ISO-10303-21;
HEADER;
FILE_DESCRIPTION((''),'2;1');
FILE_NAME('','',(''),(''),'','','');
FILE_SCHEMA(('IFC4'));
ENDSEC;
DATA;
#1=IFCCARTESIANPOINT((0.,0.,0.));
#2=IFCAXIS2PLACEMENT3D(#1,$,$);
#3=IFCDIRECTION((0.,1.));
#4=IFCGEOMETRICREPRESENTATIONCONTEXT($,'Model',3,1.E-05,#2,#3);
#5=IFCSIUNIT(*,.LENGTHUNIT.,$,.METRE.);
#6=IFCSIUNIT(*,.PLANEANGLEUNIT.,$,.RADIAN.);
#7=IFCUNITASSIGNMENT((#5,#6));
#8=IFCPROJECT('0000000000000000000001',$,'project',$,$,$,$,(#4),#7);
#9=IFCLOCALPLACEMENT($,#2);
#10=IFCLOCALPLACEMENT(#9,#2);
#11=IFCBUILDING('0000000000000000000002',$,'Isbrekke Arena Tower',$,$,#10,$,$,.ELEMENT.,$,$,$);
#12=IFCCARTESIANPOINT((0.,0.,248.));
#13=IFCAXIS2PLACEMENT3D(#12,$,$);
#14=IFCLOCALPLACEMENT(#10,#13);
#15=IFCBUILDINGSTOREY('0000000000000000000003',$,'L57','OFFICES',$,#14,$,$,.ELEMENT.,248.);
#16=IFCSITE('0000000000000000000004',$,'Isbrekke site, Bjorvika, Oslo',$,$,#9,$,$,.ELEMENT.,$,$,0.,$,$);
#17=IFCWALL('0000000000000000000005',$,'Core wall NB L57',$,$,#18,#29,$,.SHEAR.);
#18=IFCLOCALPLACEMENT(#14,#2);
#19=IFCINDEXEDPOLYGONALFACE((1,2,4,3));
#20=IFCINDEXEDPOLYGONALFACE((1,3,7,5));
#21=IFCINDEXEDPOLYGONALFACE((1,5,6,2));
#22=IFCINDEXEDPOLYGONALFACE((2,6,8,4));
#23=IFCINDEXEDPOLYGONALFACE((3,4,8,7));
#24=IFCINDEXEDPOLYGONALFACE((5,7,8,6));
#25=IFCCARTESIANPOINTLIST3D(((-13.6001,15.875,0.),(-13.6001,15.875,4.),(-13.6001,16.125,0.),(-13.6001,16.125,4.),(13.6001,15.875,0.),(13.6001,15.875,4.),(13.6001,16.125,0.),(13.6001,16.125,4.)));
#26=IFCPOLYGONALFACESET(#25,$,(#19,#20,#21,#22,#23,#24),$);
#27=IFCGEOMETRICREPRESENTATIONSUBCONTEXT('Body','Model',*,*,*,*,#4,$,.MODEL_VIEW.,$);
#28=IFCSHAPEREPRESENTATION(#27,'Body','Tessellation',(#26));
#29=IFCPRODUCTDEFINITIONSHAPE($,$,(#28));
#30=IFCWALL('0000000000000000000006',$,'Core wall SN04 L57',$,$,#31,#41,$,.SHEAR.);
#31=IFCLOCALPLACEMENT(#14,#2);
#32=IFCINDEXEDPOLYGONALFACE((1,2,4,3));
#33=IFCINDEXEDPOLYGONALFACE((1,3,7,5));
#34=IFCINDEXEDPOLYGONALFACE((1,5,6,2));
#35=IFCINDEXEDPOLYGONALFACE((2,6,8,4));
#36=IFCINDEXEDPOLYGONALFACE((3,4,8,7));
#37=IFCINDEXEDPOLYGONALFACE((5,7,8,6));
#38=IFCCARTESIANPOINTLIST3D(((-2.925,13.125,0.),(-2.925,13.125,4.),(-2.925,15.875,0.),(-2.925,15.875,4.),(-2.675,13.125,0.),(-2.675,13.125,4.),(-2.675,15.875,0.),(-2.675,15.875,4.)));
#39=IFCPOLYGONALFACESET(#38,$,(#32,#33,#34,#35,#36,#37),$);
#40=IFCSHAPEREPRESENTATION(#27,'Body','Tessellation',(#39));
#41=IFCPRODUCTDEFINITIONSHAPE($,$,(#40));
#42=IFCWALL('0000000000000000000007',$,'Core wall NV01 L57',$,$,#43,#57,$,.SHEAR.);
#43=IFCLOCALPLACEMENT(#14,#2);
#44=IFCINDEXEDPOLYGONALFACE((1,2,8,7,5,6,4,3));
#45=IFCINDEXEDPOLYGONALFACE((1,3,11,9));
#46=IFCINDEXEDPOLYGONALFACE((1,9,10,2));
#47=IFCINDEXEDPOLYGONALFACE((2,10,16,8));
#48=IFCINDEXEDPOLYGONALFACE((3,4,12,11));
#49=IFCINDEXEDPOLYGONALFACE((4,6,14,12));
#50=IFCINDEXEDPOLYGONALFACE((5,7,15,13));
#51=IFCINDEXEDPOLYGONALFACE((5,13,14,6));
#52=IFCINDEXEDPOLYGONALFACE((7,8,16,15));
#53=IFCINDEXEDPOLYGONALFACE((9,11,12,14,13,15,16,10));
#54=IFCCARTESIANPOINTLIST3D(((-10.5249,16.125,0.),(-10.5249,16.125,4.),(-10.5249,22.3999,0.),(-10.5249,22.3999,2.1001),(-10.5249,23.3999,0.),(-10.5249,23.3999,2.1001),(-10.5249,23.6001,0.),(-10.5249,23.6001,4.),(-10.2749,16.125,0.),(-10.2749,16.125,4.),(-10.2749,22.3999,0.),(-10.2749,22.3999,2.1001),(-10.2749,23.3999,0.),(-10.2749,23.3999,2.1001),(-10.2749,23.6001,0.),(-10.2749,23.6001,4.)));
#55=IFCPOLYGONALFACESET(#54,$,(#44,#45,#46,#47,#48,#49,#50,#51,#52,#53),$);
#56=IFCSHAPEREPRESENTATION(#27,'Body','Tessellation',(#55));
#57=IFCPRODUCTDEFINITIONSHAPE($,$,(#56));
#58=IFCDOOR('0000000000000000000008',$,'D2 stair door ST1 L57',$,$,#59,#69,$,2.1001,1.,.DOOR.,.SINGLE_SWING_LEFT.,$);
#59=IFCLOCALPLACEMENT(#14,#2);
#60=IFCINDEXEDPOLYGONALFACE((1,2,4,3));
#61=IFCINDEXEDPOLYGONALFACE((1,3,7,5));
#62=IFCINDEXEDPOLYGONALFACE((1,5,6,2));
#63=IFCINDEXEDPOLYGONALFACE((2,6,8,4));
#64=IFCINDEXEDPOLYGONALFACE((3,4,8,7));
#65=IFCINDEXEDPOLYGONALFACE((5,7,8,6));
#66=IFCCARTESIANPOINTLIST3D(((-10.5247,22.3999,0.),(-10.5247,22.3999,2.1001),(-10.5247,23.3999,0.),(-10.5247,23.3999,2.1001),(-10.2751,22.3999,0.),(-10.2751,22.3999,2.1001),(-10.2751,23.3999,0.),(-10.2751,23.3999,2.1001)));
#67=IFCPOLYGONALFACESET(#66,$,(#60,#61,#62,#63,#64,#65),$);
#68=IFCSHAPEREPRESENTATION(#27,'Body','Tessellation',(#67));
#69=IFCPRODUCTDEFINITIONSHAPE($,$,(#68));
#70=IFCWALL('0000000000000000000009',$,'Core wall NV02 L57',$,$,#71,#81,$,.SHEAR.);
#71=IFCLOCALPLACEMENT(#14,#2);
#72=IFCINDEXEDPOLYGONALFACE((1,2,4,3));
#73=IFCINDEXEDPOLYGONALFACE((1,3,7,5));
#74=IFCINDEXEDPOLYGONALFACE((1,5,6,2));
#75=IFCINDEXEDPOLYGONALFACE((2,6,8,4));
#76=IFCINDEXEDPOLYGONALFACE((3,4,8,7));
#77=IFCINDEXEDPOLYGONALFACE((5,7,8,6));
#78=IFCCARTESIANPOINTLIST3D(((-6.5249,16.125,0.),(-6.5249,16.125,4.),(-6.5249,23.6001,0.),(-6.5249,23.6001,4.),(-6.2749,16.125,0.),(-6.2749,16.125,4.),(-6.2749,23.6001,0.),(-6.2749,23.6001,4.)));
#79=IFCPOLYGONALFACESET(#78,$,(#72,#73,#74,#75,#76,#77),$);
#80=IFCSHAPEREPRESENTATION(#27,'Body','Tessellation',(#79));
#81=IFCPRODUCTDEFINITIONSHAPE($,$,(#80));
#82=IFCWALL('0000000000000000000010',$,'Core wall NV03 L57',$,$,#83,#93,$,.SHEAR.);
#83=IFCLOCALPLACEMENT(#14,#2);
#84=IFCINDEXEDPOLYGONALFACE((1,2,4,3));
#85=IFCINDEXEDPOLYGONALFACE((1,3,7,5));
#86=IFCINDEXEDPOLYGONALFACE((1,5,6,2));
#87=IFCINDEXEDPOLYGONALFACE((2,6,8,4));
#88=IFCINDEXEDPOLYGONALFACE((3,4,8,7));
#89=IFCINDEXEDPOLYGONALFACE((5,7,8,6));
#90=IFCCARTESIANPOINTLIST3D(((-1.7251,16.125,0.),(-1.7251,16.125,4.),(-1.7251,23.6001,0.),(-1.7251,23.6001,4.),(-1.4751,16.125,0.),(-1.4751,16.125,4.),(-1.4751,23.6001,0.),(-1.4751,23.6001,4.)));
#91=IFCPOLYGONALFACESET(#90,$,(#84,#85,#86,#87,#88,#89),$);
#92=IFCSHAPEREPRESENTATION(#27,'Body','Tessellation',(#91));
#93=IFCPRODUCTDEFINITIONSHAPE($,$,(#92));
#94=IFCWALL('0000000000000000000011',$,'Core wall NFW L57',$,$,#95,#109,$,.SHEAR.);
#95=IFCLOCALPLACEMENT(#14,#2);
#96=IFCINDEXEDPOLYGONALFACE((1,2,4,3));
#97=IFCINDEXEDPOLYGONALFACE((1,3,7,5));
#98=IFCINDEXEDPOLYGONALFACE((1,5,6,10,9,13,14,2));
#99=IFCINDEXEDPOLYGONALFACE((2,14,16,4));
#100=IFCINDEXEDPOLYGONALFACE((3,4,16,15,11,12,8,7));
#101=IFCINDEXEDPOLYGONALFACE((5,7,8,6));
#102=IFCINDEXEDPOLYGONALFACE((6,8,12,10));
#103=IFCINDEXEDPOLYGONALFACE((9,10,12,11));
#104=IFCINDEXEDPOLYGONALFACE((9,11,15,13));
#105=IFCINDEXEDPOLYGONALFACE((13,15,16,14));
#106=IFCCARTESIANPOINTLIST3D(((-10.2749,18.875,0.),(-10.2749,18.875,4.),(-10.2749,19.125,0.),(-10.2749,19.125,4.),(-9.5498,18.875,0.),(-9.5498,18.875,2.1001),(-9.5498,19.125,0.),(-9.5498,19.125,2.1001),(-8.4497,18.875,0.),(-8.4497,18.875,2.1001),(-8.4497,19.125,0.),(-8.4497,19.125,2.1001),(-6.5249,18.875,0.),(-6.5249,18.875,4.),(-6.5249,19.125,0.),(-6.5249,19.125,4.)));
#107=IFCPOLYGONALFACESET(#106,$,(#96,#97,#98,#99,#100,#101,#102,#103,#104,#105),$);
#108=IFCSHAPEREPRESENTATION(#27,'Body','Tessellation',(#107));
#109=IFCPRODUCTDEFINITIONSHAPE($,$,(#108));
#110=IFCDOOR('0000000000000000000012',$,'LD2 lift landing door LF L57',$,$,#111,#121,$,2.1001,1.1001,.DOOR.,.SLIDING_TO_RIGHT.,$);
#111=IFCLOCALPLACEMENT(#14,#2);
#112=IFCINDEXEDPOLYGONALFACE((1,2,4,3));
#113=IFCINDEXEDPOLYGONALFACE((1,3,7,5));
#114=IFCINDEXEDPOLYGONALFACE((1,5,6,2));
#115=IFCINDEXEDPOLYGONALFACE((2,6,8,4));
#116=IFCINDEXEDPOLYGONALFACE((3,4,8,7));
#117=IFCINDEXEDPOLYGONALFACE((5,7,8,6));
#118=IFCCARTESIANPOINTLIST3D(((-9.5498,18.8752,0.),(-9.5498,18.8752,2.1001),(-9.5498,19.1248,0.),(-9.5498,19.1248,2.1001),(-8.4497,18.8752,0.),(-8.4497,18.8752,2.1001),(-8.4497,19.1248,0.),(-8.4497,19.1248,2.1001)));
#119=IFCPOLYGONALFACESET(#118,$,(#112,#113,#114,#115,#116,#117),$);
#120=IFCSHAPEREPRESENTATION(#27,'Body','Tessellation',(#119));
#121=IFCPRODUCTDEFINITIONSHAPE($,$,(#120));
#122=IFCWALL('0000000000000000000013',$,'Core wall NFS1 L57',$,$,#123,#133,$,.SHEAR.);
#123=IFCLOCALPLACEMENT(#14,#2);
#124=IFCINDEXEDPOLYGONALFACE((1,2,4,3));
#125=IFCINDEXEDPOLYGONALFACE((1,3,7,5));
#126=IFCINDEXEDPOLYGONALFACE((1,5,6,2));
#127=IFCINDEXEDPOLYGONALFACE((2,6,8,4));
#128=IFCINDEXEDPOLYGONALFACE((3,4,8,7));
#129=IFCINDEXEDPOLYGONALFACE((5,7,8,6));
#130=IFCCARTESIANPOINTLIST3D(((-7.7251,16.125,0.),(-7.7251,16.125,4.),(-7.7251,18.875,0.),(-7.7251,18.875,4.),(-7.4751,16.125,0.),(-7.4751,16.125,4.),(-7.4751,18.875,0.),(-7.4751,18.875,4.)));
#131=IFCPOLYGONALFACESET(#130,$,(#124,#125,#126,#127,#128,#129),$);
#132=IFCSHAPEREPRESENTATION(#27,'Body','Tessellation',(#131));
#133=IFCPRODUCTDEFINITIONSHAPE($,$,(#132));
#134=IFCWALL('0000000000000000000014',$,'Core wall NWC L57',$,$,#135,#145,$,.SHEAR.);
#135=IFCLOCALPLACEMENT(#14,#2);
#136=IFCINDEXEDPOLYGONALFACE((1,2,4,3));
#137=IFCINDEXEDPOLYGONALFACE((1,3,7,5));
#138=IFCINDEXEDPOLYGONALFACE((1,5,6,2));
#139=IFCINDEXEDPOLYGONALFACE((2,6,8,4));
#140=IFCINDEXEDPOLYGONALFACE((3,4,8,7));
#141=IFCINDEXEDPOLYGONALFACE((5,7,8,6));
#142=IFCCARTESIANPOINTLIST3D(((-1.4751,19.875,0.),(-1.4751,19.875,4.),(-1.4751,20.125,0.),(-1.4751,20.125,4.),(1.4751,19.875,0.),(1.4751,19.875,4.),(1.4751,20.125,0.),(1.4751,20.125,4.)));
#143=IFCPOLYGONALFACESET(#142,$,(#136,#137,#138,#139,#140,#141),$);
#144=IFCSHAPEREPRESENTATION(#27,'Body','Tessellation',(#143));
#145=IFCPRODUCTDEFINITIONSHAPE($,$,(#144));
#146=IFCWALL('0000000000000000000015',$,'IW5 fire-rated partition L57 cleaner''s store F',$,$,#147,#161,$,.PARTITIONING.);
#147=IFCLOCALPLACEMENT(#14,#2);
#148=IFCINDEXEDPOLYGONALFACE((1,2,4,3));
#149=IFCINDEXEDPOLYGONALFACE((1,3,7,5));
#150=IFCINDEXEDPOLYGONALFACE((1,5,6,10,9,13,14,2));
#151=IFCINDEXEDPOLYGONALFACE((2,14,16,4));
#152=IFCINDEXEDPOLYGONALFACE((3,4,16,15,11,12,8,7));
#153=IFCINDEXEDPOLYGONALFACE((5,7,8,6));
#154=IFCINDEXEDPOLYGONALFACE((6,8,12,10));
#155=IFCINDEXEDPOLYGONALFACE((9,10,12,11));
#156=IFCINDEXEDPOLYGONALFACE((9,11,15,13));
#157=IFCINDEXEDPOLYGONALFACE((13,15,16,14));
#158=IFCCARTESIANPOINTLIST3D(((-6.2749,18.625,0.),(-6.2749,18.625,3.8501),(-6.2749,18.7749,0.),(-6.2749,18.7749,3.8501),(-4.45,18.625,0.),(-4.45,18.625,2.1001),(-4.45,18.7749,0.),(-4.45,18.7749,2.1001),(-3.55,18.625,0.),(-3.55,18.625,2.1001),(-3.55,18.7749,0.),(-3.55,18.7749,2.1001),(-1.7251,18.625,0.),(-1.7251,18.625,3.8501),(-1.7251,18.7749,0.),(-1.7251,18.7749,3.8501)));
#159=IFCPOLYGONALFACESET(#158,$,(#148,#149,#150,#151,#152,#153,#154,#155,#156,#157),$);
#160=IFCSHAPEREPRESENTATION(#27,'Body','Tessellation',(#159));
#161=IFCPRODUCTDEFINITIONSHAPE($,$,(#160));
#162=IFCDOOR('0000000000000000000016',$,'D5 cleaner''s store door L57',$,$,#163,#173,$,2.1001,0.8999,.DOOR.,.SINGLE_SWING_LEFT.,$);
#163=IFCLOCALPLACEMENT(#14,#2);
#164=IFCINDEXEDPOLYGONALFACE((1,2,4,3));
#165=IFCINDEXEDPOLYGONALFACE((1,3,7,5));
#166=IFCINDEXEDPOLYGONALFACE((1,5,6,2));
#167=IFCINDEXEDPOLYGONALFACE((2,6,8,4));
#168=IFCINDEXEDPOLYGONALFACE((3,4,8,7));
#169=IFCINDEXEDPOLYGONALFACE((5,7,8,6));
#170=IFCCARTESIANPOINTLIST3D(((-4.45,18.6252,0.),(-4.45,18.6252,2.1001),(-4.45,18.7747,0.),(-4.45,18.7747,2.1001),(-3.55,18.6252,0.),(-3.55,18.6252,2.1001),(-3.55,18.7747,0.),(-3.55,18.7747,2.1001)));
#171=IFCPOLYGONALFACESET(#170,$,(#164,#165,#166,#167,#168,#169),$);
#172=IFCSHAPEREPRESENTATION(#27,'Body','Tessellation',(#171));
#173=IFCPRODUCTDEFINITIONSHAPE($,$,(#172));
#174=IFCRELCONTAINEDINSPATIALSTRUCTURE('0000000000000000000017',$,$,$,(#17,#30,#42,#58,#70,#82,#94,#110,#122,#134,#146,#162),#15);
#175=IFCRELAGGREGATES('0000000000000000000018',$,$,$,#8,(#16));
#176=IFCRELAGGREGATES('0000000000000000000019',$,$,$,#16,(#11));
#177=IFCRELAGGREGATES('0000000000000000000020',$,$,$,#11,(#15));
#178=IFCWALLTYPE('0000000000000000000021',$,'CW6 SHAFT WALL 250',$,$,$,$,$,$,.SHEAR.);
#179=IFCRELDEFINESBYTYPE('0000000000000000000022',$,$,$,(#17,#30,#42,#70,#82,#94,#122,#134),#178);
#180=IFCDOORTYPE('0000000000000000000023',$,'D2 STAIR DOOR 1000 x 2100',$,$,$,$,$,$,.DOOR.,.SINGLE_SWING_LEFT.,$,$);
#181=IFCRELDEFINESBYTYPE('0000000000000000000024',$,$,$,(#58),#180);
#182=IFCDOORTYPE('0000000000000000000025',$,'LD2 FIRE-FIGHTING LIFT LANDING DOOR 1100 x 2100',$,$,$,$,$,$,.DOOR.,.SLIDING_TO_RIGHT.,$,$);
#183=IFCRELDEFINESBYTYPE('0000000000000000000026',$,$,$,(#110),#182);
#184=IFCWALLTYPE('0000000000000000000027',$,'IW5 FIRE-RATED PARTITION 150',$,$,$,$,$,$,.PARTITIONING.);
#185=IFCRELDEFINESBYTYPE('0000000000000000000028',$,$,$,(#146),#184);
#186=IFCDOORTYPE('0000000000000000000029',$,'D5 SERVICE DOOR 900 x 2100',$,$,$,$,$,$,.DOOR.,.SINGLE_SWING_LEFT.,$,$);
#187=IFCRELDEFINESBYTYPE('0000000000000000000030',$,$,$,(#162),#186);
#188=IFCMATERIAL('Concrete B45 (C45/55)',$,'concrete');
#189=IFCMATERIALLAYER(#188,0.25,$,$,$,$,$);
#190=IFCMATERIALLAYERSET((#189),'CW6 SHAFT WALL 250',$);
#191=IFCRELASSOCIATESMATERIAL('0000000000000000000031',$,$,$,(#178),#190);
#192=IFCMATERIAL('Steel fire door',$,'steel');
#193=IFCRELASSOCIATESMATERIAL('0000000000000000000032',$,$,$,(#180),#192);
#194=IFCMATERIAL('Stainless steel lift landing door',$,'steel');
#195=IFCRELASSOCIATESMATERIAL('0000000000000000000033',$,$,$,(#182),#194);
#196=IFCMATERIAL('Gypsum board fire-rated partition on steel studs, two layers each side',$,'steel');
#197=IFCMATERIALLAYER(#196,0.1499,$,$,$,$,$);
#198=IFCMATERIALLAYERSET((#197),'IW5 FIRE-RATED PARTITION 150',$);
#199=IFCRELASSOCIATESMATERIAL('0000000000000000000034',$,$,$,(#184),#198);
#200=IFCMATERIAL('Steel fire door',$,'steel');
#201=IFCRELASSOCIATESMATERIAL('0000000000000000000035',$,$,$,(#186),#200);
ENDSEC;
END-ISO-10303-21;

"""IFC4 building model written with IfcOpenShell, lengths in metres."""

from ifc_helpers import new_model, si_unit, direction, frame, frame_2d, origin, place, context, subcontext, project, spatial, rectangle, extrude, material, layer, layer_set, type_object, element, fill, save


model = new_model("IFC4")

# Units and contexts
model_context = context("Model", 3, precision=1e-05, world=origin(), true_north=direction((0.0, 1.0)))
body_context = subcontext(model_context, "Body", "Model", "MODEL_VIEW")
ifc_project = project(units=[si_unit("LENGTHUNIT", "METRE"), si_unit("PLANEANGLEUNIT", "RADIAN")], contexts=[model_context])

# Site, building, storey
site_placement = place(None, origin())
site = spatial("IfcSite", under=ifc_project, at=site_placement, Name="Isbrekke site, Bjorvika, Oslo", CompositionType="ELEMENT", RefElevation=0.0)
building_placement = place(site_placement, origin())
building = spatial("IfcBuilding", under=site, at=building_placement, Name="Isbrekke Arena Tower", CompositionType="ELEMENT")
storey_placement = place(building_placement, frame((0.0, 0.0, 248.0)))
storey = spatial("IfcBuildingStorey", under=building, at=storey_placement, Name="L57", Description="OFFICES", CompositionType="ELEMENT", Elevation=248.0)

# Walls
ifc_material_1 = material(Name="Concrete B45 (C45/55)", Category="concrete")
ifc_layer_1 = layer(ifc_material_1, 0.25)
ifc_layer_set_1 = layer_set([ifc_layer_1], Name="CW6 SHAFT WALL 250")
wall_type_1 = type_object("IfcWallType", Name="CW6 SHAFT WALL 250", PredefinedType="SHEAR", material=ifc_layer_set_1)
wall_1_placement = place(storey_placement, frame((-13.6001, 16.0, 0.0), z_axis=(0.0, 0.0, 1.0), x_axis=(1.0, 0.0, 0.0)))
element("IfcWall", 1, at=wall_1_placement, inside=storey, type_object=wall_type_1, Name="Core wall NB L57", PredefinedType="SHEAR", context=body_context, shape_type="SweptSolid", body=[
    extrude(rectangle(XDim=27.2002, YDim=0.25, at=frame_2d((13.6001, 0.0))), origin(), (0.0, 0.0, 1.0), 4.0),
])
wall_2_placement = place(storey_placement, frame((-2.8, 13.125, 0.0), z_axis=(0.0, 0.0, 1.0), x_axis=(0.0, 1.0, 0.0)))
element("IfcWall", 2, at=wall_2_placement, inside=storey, type_object=wall_type_1, Name="Core wall SN04 L57", PredefinedType="SHEAR", context=body_context, shape_type="SweptSolid", body=[
    extrude(rectangle(XDim=2.75, YDim=0.25, at=frame_2d((1.375, 0.0))), origin(), (0.0, 0.0, 1.0), 4.0),
])

# Wall, opening, door
wall_3_placement = place(storey_placement, frame((-10.3999, 16.125, 0.0), z_axis=(0.0, 0.0, 1.0), x_axis=(0.0, 1.0, 0.0)))
wall_3 = element("IfcWall", 3, at=wall_3_placement, inside=storey, type_object=wall_type_1, Name="Core wall NV01 L57", PredefinedType="SHEAR", context=body_context, shape_type="SweptSolid", body=[
    extrude(rectangle(XDim=7.4751, YDim=0.25, at=frame_2d((3.7375, 0.0))), origin(), (0.0, 0.0, 1.0), 4.0),
])
opening_1_placement = place(wall_3_placement, frame((6.2749, 0.0, 0.0)))
opening_1 = element("IfcOpeningElement", 4, at=opening_1_placement, cuts=wall_3, PredefinedType="OPENING", context=body_context, shape_type="SweptSolid", body=[
    extrude(rectangle(XDim=1.0, YDim=2.1001, at=frame_2d((0.5, 1.05))), frame((0.0, 0.1399, 0.0), z_axis=(0.0, -1.0, 0.0), x_axis=(1.0, 0.0, 0.0)), (0.0, 0.0, 1.0), 0.2798),
])
ifc_material_2 = material(Name="Steel fire door", Category="steel")
door_type_1 = type_object("IfcDoorType", Name="D2 STAIR DOOR 1000 x 2100", OperationType="SINGLE_SWING_LEFT", PredefinedType="DOOR", material=ifc_material_2)
door_1_placement = place(opening_1_placement, origin())
door_1 = element("IfcDoor", 5, at=door_1_placement, inside=storey, type_object=door_type_1, Name="D2 stair door ST1 L57", OperationType="SINGLE_SWING_LEFT", OverallHeight=2.1001, OverallWidth=1.0, PredefinedType="DOOR", context=body_context, shape_type="SweptSolid", body=[
    extrude(rectangle(XDim=1.0, YDim=2.1001, at=frame_2d((0.5, 1.05))), frame((0.0, 0.1248, 0.0), z_axis=(0.0, -1.0, 0.0), x_axis=(1.0, 0.0, 0.0)), (0.0, 0.0, 1.0), 0.2495),
])
fill(opening_1, door_1)

# Walls
for number, where, z_axis, x_axis, name in (
    (6, (-6.3999, 16.125, 0.0), (0.0, 0.0, 1.0), (0.0, 1.0, 0.0), "Core wall NV02 L57"),
    (7, (-1.6001, 16.125, 0.0), (0.0, 0.0, 1.0), (0.0, 1.0, 0.0), "Core wall NV03 L57"),
):
    element("IfcWall", number, at=place(storey_placement, frame(where, z_axis=z_axis, x_axis=x_axis)), inside=storey, type_object=wall_type_1, Name=name, PredefinedType="SHEAR", context=body_context, shape_type="SweptSolid", body=[
        extrude(rectangle(XDim=7.4751, YDim=0.25, at=frame_2d((3.7375, 0.0))), origin(), (0.0, 0.0, 1.0), 4.0),
    ])

# Wall, opening, door
wall_4_placement = place(storey_placement, frame((-10.2749, 19.0, 0.0), z_axis=(0.0, 0.0, 1.0), x_axis=(1.0, 0.0, 0.0)))
wall_4 = element("IfcWall", 8, at=wall_4_placement, inside=storey, type_object=wall_type_1, Name="Core wall NFW L57", PredefinedType="SHEAR", context=body_context, shape_type="SweptSolid", body=[
    extrude(rectangle(XDim=3.75, YDim=0.25, at=frame_2d((1.875, 0.0))), origin(), (0.0, 0.0, 1.0), 4.0),
])
opening_2_placement = place(wall_4_placement, frame((0.7251, 0.0, 0.0)))
opening_2 = element("IfcOpeningElement", 9, at=opening_2_placement, cuts=wall_4, PredefinedType="OPENING", context=body_context, shape_type="SweptSolid", body=[
    extrude(rectangle(XDim=1.1001, YDim=2.1001, at=frame_2d((0.55, 1.05))), frame((0.0, 0.1399, 0.0), z_axis=(0.0, -1.0, 0.0), x_axis=(1.0, 0.0, 0.0)), (0.0, 0.0, 1.0), 0.2798),
])
ifc_material_3 = material(Name="Stainless steel lift landing door", Category="steel")
door_type_2 = type_object("IfcDoorType", Name="LD2 FIRE-FIGHTING LIFT LANDING DOOR 1100 x 2100", OperationType="SLIDING_TO_RIGHT", PredefinedType="DOOR", material=ifc_material_3)
door_2_placement = place(opening_2_placement, origin())
door_2 = element("IfcDoor", 10, at=door_2_placement, inside=storey, type_object=door_type_2, Name="LD2 lift landing door LF L57", OperationType="SLIDING_TO_RIGHT", OverallHeight=2.1001, OverallWidth=1.1001, PredefinedType="DOOR", context=body_context, shape_type="SweptSolid", body=[
    extrude(rectangle(XDim=1.1001, YDim=2.1001, at=frame_2d((0.55, 1.05))), frame((0.0, 0.1248, 0.0), z_axis=(0.0, -1.0, 0.0), x_axis=(1.0, 0.0, 0.0)), (0.0, 0.0, 1.0), 0.2495),
])
fill(opening_2, door_2)

# Walls
wall_5_placement = place(storey_placement, frame((-7.6001, 16.125, 0.0), z_axis=(0.0, 0.0, 1.0), x_axis=(0.0, 1.0, 0.0)))
element("IfcWall", 11, at=wall_5_placement, inside=storey, type_object=wall_type_1, Name="Core wall NFS1 L57", PredefinedType="SHEAR", context=body_context, shape_type="SweptSolid", body=[
    extrude(rectangle(XDim=2.75, YDim=0.25, at=frame_2d((1.375, 0.0))), origin(), (0.0, 0.0, 1.0), 4.0),
])
wall_6_placement = place(storey_placement, frame((-1.4751, 20.0, 0.0), z_axis=(0.0, 0.0, 1.0), x_axis=(1.0, 0.0, 0.0)))
element("IfcWall", 12, at=wall_6_placement, inside=storey, type_object=wall_type_1, Name="Core wall NWC L57", PredefinedType="SHEAR", context=body_context, shape_type="SweptSolid", body=[
    extrude(rectangle(XDim=2.9502, YDim=0.25, at=frame_2d((1.4751, 0.0))), origin(), (0.0, 0.0, 1.0), 4.0),
])

# Wall, opening, door
ifc_material_4 = material(Name="Gypsum board fire-rated partition on steel studs, two layers each side", Category="steel")
ifc_layer_2 = layer(ifc_material_4, 0.1499)
ifc_layer_set_2 = layer_set([ifc_layer_2], Name="IW5 FIRE-RATED PARTITION 150")
wall_type_2 = type_object("IfcWallType", Name="IW5 FIRE-RATED PARTITION 150", PredefinedType="PARTITIONING", material=ifc_layer_set_2)
wall_7_placement = place(storey_placement, frame((-6.2749, 18.7, 0.0), z_axis=(0.0, 0.0, 1.0), x_axis=(1.0, 0.0, 0.0)))
wall_7 = element("IfcWall", 13, at=wall_7_placement, inside=storey, type_object=wall_type_2, Name="IW5 fire-rated partition L57 cleaner's store F", PredefinedType="PARTITIONING", context=body_context, shape_type="SweptSolid", body=[
    extrude(rectangle(XDim=4.5498, YDim=0.1499, at=frame_2d((2.2749, 0.0))), origin(), (0.0, 0.0, 1.0), 3.8501),
])
opening_3_placement = place(wall_7_placement, frame((1.825, 0.0, 0.0)))
opening_3 = element("IfcOpeningElement", 14, at=opening_3_placement, cuts=wall_7, PredefinedType="OPENING", context=body_context, shape_type="SweptSolid", body=[
    extrude(rectangle(XDim=0.8999, YDim=2.1001, at=frame_2d((0.45, 1.05))), frame((0.0, 0.0898, 0.0), z_axis=(0.0, -1.0, 0.0), x_axis=(1.0, 0.0, 0.0)), (0.0, 0.0, 1.0), 0.1797),
])
ifc_material_5 = material(Name="Steel fire door", Category="steel")
door_type_3 = type_object("IfcDoorType", Name="D5 SERVICE DOOR 900 x 2100", OperationType="SINGLE_SWING_LEFT", PredefinedType="DOOR", material=ifc_material_5)
door_3_placement = place(opening_3_placement, origin())
door_3 = element("IfcDoor", 15, at=door_3_placement, inside=storey, type_object=door_type_3, Name="D5 cleaner's store door L57", OperationType="SINGLE_SWING_LEFT", OverallHeight=2.1001, OverallWidth=0.8999, PredefinedType="DOOR", context=body_context, shape_type="SweptSolid", body=[
    extrude(rectangle(XDim=0.8999, YDim=2.1001, at=frame_2d((0.45, 1.05))), frame((0.0, 0.0747, 0.0), z_axis=(0.0, -1.0, 0.0), x_axis=(1.0, 0.0, 0.0)), (0.0, 0.0, 1.0), 0.1494),
])
fill(opening_3, door_3)

save(model, "model.ifc")
